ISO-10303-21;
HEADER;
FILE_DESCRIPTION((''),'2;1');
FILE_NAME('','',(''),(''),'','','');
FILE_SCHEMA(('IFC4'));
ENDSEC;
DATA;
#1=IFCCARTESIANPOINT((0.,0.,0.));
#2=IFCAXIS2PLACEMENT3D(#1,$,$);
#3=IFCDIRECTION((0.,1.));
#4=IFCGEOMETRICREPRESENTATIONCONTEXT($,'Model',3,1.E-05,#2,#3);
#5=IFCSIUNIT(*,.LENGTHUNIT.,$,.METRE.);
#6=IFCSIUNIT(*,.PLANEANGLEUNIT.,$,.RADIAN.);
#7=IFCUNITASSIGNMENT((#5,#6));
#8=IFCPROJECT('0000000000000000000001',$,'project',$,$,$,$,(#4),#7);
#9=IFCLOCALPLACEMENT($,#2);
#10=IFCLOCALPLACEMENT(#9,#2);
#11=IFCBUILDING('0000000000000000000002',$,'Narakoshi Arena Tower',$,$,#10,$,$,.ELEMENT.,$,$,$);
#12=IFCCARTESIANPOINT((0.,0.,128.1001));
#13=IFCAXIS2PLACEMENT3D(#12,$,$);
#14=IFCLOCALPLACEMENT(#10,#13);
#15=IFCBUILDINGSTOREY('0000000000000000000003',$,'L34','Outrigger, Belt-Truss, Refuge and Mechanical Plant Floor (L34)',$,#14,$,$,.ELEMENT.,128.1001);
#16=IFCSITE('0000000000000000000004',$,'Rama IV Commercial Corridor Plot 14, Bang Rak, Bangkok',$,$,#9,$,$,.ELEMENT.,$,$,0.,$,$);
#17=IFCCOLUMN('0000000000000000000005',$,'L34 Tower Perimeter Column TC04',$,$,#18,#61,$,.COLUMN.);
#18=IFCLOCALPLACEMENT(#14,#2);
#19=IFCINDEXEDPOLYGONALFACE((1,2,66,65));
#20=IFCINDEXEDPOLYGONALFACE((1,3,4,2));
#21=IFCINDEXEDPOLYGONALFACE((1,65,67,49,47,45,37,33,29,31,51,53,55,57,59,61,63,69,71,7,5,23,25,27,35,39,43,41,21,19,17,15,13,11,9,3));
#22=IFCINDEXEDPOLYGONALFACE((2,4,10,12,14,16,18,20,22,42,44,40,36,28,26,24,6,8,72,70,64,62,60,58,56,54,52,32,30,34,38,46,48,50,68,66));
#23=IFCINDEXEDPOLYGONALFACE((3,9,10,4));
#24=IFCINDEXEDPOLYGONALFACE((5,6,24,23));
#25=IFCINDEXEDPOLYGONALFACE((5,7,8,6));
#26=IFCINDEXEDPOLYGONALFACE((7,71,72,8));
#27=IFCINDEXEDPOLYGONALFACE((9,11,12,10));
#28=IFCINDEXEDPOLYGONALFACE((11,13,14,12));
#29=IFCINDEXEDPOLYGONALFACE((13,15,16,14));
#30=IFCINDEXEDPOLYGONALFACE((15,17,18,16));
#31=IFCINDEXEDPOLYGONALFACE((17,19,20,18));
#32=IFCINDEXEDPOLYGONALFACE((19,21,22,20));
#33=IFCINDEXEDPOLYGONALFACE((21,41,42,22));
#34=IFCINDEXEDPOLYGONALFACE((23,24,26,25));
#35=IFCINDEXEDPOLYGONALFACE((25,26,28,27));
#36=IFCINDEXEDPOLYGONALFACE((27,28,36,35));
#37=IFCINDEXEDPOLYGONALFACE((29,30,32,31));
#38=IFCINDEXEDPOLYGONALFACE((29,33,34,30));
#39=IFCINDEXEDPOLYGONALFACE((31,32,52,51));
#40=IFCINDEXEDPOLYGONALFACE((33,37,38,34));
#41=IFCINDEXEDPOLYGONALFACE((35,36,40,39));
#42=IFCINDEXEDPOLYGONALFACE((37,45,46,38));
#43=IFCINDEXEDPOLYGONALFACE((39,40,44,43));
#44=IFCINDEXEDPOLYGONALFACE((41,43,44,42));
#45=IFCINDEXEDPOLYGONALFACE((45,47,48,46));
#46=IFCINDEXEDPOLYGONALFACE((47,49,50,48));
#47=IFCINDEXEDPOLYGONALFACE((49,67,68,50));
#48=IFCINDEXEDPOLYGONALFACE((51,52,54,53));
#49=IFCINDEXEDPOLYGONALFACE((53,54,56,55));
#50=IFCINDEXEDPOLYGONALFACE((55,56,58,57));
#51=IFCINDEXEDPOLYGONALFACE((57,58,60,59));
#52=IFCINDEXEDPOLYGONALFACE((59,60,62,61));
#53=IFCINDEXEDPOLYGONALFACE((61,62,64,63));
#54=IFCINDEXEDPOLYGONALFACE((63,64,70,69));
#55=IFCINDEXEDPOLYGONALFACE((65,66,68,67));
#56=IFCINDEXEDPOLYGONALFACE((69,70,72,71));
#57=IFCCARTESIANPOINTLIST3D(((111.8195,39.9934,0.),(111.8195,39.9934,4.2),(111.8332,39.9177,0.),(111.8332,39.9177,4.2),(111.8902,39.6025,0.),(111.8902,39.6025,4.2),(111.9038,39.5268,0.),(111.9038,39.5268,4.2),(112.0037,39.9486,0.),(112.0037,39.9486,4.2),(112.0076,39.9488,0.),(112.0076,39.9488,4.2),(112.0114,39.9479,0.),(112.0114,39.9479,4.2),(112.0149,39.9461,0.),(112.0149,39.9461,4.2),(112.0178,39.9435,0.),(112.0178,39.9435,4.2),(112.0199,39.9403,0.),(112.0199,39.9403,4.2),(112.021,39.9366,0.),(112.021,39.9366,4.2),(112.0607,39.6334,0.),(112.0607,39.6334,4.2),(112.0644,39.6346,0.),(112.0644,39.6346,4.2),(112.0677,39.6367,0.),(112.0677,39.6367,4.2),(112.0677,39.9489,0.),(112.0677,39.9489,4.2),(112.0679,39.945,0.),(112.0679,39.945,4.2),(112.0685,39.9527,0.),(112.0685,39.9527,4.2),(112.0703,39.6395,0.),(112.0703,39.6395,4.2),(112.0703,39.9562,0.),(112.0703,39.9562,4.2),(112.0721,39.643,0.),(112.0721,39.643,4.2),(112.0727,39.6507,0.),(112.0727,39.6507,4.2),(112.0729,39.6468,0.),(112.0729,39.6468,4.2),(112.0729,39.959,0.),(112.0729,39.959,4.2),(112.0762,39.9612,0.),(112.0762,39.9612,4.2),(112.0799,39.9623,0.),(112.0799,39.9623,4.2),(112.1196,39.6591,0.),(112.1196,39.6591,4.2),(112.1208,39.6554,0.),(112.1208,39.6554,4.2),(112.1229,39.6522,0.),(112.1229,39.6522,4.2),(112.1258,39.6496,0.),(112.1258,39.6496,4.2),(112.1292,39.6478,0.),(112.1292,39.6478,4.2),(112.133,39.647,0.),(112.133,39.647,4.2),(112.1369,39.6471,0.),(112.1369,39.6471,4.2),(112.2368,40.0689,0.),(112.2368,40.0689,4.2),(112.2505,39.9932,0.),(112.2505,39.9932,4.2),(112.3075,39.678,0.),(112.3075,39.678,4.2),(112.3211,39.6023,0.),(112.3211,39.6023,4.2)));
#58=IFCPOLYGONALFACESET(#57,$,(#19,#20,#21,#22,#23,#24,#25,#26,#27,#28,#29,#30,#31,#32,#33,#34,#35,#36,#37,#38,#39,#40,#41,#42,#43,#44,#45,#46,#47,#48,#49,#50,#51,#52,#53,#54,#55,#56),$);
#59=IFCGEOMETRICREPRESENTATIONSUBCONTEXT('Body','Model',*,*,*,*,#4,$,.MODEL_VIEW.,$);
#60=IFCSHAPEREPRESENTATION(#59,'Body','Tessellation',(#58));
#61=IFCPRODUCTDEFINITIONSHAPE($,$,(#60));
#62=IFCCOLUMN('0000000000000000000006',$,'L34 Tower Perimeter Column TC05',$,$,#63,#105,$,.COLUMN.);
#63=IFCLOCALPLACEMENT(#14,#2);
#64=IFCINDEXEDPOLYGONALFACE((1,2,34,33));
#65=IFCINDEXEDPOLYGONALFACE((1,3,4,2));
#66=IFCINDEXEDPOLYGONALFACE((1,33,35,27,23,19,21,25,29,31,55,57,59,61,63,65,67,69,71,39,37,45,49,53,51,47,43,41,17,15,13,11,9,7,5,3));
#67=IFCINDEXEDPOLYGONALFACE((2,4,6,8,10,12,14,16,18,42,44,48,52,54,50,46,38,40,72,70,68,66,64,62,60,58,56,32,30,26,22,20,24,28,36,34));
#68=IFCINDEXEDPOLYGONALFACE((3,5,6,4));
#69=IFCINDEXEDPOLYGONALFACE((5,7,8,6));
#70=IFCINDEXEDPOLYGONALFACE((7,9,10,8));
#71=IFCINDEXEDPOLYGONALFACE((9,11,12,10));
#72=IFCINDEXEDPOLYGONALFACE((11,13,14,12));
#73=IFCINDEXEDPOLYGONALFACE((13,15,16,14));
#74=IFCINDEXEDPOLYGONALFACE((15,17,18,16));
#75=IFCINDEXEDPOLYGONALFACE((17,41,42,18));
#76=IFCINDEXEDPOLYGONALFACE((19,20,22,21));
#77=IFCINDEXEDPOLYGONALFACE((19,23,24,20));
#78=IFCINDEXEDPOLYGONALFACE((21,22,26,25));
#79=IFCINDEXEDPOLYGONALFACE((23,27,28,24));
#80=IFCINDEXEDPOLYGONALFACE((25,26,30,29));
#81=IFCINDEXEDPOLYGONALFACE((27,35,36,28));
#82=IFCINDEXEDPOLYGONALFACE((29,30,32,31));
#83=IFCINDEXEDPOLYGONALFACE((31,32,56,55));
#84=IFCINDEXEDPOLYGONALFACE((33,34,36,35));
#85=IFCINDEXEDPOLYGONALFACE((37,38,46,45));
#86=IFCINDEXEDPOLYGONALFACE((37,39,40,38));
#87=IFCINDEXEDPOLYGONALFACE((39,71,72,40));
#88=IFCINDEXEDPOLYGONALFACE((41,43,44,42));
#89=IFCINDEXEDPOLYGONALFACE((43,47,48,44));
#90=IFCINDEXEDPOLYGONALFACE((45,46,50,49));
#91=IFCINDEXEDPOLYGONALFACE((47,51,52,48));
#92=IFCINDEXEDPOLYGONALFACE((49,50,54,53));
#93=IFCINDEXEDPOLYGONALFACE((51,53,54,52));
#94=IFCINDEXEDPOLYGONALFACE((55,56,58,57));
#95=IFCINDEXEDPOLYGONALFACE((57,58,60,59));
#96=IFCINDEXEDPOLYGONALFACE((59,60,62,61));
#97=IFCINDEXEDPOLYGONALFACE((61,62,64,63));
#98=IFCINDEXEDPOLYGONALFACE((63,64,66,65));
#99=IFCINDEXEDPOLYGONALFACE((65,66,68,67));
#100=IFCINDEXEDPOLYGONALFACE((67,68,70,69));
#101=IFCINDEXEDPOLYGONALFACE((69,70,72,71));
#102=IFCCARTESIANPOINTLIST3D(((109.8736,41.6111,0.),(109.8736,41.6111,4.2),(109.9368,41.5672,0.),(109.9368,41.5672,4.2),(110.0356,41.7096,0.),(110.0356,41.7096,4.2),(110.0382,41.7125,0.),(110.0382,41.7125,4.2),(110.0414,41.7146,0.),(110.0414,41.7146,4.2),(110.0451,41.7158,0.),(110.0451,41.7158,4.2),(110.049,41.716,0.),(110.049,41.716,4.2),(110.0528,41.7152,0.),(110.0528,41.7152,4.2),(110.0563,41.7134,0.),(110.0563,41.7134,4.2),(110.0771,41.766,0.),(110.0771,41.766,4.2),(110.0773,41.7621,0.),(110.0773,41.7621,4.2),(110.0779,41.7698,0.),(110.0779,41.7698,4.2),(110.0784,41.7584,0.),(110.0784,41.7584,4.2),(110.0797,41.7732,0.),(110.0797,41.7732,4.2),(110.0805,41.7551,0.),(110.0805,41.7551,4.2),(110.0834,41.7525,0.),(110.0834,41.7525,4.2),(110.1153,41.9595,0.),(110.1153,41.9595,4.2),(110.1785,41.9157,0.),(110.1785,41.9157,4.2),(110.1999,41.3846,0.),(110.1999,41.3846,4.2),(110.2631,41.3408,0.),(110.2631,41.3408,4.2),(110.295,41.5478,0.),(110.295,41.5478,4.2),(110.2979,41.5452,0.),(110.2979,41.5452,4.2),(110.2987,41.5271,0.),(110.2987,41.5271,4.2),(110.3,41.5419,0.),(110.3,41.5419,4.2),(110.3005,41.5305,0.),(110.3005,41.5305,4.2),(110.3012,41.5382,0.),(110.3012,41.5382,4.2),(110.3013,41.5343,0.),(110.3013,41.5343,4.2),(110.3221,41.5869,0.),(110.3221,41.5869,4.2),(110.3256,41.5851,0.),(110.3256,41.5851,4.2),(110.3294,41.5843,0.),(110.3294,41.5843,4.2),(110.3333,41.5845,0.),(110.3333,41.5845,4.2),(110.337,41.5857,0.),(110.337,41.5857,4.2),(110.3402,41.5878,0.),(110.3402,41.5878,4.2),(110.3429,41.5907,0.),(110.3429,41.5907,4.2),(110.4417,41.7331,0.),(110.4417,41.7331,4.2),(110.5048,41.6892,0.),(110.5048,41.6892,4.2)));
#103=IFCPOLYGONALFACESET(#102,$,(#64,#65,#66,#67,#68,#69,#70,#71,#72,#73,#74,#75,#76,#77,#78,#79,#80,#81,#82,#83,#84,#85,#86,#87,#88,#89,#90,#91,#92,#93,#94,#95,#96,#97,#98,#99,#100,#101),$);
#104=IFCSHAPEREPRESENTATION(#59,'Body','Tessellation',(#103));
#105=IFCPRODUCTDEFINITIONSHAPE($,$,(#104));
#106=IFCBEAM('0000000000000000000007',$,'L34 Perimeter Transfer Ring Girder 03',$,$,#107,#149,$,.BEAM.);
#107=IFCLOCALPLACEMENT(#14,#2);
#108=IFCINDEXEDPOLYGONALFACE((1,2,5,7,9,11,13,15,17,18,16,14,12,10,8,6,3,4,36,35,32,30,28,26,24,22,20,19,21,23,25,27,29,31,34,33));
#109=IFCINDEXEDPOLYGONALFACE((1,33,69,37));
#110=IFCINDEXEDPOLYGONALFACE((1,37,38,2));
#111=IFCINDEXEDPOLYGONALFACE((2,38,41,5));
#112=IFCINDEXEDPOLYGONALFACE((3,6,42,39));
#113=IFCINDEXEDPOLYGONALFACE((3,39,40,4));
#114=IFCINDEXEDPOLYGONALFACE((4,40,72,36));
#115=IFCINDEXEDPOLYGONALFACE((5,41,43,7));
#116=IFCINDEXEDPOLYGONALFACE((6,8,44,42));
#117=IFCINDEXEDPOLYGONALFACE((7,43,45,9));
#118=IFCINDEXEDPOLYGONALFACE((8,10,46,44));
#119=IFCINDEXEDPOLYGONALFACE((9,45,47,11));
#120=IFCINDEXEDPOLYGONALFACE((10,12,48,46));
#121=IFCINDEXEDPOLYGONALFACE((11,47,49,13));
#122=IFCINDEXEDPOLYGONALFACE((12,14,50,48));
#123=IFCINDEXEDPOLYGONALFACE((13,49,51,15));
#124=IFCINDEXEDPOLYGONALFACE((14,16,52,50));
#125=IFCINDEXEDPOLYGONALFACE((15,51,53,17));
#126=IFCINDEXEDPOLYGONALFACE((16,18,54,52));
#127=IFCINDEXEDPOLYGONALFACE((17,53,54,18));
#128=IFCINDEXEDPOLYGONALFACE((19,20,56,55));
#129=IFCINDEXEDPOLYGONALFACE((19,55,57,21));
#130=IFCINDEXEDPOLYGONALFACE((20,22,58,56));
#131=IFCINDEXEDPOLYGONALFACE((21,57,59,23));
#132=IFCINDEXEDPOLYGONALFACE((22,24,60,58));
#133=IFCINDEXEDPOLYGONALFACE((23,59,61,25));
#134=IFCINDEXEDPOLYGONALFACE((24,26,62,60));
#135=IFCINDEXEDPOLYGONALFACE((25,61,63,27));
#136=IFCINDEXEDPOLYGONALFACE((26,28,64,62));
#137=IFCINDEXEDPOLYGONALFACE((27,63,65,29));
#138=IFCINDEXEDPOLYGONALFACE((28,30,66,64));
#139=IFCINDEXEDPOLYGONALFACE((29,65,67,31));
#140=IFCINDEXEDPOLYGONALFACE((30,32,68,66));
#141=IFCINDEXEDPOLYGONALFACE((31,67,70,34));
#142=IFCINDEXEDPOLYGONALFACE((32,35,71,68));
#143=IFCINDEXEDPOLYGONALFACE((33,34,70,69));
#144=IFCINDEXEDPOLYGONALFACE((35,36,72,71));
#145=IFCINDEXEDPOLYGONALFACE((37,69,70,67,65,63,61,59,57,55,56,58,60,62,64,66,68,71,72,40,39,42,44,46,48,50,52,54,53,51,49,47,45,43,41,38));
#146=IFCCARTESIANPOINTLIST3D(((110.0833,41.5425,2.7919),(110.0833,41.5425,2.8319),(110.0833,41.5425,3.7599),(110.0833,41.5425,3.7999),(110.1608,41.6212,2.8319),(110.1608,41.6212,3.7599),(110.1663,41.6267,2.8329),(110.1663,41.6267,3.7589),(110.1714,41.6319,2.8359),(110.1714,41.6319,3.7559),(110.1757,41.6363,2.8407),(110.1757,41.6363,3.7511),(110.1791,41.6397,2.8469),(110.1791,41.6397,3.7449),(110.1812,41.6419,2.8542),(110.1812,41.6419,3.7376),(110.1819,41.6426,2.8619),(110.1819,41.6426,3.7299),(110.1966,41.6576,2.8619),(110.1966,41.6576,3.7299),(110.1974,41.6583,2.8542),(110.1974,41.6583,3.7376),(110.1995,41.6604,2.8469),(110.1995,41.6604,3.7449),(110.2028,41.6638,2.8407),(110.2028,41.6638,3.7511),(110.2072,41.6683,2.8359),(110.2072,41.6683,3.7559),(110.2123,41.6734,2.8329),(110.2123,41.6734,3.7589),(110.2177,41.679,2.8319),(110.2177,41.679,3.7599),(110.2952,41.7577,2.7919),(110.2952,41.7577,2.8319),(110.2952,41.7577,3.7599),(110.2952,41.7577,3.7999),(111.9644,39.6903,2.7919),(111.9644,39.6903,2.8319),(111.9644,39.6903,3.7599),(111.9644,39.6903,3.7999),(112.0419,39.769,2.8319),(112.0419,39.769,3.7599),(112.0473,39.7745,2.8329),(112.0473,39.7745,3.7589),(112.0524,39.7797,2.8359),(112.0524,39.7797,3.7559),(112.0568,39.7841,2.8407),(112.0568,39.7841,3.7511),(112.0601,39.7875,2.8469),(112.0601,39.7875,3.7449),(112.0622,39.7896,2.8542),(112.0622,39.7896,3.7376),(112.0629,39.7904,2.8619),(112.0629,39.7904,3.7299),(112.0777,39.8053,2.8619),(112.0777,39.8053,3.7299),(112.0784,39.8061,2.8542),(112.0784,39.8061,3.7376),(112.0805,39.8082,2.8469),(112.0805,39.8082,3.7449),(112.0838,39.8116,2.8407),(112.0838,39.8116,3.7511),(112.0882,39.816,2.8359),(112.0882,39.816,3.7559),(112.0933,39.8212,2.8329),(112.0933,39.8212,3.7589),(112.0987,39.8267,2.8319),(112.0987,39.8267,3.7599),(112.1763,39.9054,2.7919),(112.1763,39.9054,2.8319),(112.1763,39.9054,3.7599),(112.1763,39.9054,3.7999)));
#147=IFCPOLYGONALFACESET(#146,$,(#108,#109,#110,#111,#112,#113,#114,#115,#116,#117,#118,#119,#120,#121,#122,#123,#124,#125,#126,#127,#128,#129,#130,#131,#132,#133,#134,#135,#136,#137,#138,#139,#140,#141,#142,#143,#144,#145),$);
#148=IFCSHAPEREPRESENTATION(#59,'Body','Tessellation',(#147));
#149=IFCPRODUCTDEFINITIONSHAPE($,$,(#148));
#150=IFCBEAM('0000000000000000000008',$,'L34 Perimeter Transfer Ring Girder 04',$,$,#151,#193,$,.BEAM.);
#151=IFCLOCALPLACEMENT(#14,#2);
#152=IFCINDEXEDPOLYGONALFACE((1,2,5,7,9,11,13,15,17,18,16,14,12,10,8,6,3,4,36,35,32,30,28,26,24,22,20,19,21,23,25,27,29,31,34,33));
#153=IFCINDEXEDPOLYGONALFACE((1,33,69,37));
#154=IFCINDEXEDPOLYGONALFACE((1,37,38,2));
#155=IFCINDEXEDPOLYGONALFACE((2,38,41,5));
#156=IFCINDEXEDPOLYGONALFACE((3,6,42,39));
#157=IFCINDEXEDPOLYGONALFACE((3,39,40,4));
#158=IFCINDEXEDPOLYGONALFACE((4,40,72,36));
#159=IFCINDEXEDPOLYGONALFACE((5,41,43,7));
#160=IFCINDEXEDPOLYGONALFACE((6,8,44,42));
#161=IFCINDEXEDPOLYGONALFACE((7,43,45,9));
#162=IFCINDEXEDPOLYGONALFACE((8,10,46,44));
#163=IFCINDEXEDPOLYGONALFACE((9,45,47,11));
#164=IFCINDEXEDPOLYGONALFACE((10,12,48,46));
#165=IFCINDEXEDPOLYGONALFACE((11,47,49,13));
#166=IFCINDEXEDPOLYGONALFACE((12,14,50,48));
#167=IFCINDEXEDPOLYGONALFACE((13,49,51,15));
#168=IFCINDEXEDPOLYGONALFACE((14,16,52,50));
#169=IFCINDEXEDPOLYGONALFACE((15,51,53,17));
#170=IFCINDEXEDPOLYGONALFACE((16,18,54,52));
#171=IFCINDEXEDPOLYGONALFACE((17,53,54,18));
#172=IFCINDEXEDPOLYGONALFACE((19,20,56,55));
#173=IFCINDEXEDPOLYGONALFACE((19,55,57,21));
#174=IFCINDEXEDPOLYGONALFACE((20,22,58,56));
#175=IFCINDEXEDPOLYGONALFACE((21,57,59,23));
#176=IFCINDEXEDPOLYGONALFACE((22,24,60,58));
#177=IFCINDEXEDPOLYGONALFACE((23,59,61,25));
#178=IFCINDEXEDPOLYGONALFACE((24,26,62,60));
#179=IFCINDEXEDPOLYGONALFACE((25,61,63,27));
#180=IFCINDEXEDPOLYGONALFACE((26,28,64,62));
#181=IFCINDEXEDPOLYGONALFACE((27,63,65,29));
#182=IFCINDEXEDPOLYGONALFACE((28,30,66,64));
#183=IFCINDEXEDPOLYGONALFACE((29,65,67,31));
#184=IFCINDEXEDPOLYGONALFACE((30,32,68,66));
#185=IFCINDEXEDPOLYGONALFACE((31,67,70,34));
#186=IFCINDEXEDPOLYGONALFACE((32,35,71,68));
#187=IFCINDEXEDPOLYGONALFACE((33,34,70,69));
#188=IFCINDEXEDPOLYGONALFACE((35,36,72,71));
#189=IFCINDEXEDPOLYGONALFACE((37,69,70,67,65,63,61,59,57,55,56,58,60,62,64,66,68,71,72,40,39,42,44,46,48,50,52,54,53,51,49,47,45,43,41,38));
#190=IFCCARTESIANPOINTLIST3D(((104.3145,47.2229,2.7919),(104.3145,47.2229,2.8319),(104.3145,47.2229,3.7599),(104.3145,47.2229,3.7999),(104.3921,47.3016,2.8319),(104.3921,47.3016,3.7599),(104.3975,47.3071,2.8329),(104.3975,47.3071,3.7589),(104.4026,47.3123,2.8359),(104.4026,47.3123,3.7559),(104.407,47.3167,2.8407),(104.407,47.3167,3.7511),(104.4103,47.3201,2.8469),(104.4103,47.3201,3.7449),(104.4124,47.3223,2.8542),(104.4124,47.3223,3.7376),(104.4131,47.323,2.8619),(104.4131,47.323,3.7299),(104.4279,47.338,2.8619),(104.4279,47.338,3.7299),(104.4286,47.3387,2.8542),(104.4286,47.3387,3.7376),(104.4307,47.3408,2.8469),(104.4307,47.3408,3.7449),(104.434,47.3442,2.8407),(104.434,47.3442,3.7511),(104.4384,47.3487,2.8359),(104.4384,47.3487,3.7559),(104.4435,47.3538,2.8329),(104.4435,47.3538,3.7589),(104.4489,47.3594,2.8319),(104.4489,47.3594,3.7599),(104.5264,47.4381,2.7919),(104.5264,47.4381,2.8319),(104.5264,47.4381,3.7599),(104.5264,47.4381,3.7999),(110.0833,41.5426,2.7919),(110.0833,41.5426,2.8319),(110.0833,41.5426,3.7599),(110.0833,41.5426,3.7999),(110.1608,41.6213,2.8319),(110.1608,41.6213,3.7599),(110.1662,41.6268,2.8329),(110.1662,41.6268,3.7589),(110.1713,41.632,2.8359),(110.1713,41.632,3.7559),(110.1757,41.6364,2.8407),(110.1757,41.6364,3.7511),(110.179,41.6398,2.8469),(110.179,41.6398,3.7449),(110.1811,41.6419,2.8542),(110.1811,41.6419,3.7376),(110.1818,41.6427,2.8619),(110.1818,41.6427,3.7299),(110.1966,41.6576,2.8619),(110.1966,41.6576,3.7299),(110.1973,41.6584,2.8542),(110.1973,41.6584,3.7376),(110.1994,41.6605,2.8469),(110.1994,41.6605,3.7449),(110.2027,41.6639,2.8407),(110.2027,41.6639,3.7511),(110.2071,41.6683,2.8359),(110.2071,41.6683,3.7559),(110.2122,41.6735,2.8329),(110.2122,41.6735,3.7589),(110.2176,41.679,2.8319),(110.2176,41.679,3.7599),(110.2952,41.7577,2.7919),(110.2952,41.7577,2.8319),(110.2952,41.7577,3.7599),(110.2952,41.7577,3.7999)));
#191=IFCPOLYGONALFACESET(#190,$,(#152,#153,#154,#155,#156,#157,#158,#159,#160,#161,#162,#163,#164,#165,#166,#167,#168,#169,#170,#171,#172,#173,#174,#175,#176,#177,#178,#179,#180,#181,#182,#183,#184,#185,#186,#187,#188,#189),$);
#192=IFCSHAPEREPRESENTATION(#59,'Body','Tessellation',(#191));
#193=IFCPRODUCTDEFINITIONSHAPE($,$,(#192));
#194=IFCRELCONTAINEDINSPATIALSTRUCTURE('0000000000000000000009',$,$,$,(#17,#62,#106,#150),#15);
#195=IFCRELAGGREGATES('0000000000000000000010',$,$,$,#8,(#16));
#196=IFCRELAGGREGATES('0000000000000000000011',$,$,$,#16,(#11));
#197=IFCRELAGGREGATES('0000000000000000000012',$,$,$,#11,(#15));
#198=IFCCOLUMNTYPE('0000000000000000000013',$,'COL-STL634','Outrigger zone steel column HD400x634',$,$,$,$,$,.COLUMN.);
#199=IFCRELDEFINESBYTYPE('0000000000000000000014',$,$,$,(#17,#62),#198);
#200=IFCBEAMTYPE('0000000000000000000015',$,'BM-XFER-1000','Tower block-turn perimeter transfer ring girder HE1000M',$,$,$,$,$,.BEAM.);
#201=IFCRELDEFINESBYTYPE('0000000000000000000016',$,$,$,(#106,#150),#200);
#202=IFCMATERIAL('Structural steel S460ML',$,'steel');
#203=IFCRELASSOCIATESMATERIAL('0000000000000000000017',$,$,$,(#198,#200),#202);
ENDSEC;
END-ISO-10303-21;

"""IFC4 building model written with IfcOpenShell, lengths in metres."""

from ifc_helpers import new_model, si_unit, direction, frame, origin, origin_2d, place, context, subcontext, project, spatial, i_section, extrude, material, material_profile, profile_set, type_object, element, save


model = new_model("IFC4")

# Units and contexts
model_context = context("Model", 3, precision=1e-05, world=origin(), true_north=direction((0.0, 1.0)))
body_context = subcontext(model_context, "Body", "Model", "MODEL_VIEW")
ifc_project = project(units=[si_unit("LENGTHUNIT", "METRE"), si_unit("PLANEANGLEUNIT", "RADIAN")], contexts=[model_context])

# Site, building, storey
site_placement = place(None, origin())
site = spatial("IfcSite", under=ifc_project, at=site_placement, Name="Rama IV Commercial Corridor Plot 14, Bang Rak, Bangkok", CompositionType="ELEMENT", RefElevation=0.0)
building_placement = place(site_placement, origin())
building = spatial("IfcBuilding", under=site, at=building_placement, Name="Narakoshi Arena Tower", CompositionType="ELEMENT")
storey_placement = place(building_placement, frame((0.0, 0.0, 128.1001)))
storey = spatial("IfcBuildingStorey", under=building, at=storey_placement, Name="L34", Description="Outrigger, Belt-Truss, Refuge and Mechanical Plant Floor (L34)", CompositionType="ELEMENT", Elevation=128.1001)

# Columns
ifc_material_1 = material(Name="Structural steel S460ML", Category="steel")
ifc_material_profile_1 = material_profile(ifc_material_1, i_section(OverallWidth=0.4241, OverallDepth=0.4741, WebThickness=0.0476, FlangeThickness=0.0769, FilletRadius=0.0149, at=origin_2d()), Name="HD400x634")
ifc_profile_set_1 = profile_set([ifc_material_profile_1], Name="Structural steel S460ML")
column_type = type_object("IfcColumnType", Name="COL-STL634", Description="Outrigger zone steel column HD400x634", PredefinedType="COLUMN", material=ifc_profile_set_1)
for number, where, z_axis, x_axis, name in (
    (1, (112.0703, 39.7979, 0.0), (0.0, 0.0, 1.0), (0.984041, 0.177944, 0.0), "L34 Tower Perimeter Column TC04"),
    (2, (110.1892, 41.6501, 0.0), (0.0, 0.0, 1.0), (0.569997, 0.821647, 0.0), "L34 Tower Perimeter Column TC05"),
):
    element("IfcColumn", number, at=place(storey_placement, frame(where, z_axis=z_axis, x_axis=x_axis)), inside=storey, type_object=column_type, Name=name, PredefinedType="COLUMN", context=body_context, shape_type="SweptSolid", body=[
        extrude(i_section(OverallWidth=0.4241, OverallDepth=0.4741, WebThickness=0.0476, FlangeThickness=0.0769, FilletRadius=0.0149, at=origin_2d()), origin(), (0.0, 0.0, 1.0), 4.2),
    ])

# Beams
ifc_material_profile_2 = material_profile(ifc_material_1, i_section(OverallWidth=0.302, OverallDepth=1.0081, WebThickness=0.021, FlangeThickness=0.04, FilletRadius=0.03, at=origin_2d()), Name="HE1000M")
ifc_profile_set_2 = profile_set([ifc_material_profile_2], Name="Structural steel S460ML")
beam_type = type_object("IfcBeamType", Name="BM-XFER-1000", Description="Tower block-turn perimeter transfer ring girder HE1000M", PredefinedType="BEAM", material=ifc_profile_set_2)
beam_1_placement = place(storey_placement, frame((112.0703, 39.7979, 3.2959), z_axis=(-0.712542, 0.70163, 0.0), x_axis=(-0.70163, -0.712542, 0.0)))
element("IfcBeam", 3, at=beam_1_placement, inside=storey, type_object=beam_type, Name="L34 Perimeter Transfer Ring Girder 03", PredefinedType="BEAM", context=body_context, shape_type="SweptSolid", body=[
    extrude(i_section(OverallWidth=0.302, OverallDepth=1.0081, WebThickness=0.021, FlangeThickness=0.04, FilletRadius=0.03, at=origin_2d()), origin(), (0.0, 0.0, 1.0), 2.6399),
])
beam_2_placement = place(storey_placement, frame((110.1892, 41.6501, 3.2959), z_axis=(-0.712544, 0.701628, 0.0), x_axis=(-0.701628, -0.712544, 0.0)))
element("IfcBeam", 4, at=beam_2_placement, inside=storey, type_object=beam_type, Name="L34 Perimeter Transfer Ring Girder 04", PredefinedType="BEAM", context=body_context, shape_type="SweptSolid", body=[
    extrude(i_section(OverallWidth=0.302, OverallDepth=1.0081, WebThickness=0.021, FlangeThickness=0.04, FilletRadius=0.03, at=origin_2d()), origin(), (0.0, 0.0, 1.0), 8.0959),
])

save(model, "model.ifc")
